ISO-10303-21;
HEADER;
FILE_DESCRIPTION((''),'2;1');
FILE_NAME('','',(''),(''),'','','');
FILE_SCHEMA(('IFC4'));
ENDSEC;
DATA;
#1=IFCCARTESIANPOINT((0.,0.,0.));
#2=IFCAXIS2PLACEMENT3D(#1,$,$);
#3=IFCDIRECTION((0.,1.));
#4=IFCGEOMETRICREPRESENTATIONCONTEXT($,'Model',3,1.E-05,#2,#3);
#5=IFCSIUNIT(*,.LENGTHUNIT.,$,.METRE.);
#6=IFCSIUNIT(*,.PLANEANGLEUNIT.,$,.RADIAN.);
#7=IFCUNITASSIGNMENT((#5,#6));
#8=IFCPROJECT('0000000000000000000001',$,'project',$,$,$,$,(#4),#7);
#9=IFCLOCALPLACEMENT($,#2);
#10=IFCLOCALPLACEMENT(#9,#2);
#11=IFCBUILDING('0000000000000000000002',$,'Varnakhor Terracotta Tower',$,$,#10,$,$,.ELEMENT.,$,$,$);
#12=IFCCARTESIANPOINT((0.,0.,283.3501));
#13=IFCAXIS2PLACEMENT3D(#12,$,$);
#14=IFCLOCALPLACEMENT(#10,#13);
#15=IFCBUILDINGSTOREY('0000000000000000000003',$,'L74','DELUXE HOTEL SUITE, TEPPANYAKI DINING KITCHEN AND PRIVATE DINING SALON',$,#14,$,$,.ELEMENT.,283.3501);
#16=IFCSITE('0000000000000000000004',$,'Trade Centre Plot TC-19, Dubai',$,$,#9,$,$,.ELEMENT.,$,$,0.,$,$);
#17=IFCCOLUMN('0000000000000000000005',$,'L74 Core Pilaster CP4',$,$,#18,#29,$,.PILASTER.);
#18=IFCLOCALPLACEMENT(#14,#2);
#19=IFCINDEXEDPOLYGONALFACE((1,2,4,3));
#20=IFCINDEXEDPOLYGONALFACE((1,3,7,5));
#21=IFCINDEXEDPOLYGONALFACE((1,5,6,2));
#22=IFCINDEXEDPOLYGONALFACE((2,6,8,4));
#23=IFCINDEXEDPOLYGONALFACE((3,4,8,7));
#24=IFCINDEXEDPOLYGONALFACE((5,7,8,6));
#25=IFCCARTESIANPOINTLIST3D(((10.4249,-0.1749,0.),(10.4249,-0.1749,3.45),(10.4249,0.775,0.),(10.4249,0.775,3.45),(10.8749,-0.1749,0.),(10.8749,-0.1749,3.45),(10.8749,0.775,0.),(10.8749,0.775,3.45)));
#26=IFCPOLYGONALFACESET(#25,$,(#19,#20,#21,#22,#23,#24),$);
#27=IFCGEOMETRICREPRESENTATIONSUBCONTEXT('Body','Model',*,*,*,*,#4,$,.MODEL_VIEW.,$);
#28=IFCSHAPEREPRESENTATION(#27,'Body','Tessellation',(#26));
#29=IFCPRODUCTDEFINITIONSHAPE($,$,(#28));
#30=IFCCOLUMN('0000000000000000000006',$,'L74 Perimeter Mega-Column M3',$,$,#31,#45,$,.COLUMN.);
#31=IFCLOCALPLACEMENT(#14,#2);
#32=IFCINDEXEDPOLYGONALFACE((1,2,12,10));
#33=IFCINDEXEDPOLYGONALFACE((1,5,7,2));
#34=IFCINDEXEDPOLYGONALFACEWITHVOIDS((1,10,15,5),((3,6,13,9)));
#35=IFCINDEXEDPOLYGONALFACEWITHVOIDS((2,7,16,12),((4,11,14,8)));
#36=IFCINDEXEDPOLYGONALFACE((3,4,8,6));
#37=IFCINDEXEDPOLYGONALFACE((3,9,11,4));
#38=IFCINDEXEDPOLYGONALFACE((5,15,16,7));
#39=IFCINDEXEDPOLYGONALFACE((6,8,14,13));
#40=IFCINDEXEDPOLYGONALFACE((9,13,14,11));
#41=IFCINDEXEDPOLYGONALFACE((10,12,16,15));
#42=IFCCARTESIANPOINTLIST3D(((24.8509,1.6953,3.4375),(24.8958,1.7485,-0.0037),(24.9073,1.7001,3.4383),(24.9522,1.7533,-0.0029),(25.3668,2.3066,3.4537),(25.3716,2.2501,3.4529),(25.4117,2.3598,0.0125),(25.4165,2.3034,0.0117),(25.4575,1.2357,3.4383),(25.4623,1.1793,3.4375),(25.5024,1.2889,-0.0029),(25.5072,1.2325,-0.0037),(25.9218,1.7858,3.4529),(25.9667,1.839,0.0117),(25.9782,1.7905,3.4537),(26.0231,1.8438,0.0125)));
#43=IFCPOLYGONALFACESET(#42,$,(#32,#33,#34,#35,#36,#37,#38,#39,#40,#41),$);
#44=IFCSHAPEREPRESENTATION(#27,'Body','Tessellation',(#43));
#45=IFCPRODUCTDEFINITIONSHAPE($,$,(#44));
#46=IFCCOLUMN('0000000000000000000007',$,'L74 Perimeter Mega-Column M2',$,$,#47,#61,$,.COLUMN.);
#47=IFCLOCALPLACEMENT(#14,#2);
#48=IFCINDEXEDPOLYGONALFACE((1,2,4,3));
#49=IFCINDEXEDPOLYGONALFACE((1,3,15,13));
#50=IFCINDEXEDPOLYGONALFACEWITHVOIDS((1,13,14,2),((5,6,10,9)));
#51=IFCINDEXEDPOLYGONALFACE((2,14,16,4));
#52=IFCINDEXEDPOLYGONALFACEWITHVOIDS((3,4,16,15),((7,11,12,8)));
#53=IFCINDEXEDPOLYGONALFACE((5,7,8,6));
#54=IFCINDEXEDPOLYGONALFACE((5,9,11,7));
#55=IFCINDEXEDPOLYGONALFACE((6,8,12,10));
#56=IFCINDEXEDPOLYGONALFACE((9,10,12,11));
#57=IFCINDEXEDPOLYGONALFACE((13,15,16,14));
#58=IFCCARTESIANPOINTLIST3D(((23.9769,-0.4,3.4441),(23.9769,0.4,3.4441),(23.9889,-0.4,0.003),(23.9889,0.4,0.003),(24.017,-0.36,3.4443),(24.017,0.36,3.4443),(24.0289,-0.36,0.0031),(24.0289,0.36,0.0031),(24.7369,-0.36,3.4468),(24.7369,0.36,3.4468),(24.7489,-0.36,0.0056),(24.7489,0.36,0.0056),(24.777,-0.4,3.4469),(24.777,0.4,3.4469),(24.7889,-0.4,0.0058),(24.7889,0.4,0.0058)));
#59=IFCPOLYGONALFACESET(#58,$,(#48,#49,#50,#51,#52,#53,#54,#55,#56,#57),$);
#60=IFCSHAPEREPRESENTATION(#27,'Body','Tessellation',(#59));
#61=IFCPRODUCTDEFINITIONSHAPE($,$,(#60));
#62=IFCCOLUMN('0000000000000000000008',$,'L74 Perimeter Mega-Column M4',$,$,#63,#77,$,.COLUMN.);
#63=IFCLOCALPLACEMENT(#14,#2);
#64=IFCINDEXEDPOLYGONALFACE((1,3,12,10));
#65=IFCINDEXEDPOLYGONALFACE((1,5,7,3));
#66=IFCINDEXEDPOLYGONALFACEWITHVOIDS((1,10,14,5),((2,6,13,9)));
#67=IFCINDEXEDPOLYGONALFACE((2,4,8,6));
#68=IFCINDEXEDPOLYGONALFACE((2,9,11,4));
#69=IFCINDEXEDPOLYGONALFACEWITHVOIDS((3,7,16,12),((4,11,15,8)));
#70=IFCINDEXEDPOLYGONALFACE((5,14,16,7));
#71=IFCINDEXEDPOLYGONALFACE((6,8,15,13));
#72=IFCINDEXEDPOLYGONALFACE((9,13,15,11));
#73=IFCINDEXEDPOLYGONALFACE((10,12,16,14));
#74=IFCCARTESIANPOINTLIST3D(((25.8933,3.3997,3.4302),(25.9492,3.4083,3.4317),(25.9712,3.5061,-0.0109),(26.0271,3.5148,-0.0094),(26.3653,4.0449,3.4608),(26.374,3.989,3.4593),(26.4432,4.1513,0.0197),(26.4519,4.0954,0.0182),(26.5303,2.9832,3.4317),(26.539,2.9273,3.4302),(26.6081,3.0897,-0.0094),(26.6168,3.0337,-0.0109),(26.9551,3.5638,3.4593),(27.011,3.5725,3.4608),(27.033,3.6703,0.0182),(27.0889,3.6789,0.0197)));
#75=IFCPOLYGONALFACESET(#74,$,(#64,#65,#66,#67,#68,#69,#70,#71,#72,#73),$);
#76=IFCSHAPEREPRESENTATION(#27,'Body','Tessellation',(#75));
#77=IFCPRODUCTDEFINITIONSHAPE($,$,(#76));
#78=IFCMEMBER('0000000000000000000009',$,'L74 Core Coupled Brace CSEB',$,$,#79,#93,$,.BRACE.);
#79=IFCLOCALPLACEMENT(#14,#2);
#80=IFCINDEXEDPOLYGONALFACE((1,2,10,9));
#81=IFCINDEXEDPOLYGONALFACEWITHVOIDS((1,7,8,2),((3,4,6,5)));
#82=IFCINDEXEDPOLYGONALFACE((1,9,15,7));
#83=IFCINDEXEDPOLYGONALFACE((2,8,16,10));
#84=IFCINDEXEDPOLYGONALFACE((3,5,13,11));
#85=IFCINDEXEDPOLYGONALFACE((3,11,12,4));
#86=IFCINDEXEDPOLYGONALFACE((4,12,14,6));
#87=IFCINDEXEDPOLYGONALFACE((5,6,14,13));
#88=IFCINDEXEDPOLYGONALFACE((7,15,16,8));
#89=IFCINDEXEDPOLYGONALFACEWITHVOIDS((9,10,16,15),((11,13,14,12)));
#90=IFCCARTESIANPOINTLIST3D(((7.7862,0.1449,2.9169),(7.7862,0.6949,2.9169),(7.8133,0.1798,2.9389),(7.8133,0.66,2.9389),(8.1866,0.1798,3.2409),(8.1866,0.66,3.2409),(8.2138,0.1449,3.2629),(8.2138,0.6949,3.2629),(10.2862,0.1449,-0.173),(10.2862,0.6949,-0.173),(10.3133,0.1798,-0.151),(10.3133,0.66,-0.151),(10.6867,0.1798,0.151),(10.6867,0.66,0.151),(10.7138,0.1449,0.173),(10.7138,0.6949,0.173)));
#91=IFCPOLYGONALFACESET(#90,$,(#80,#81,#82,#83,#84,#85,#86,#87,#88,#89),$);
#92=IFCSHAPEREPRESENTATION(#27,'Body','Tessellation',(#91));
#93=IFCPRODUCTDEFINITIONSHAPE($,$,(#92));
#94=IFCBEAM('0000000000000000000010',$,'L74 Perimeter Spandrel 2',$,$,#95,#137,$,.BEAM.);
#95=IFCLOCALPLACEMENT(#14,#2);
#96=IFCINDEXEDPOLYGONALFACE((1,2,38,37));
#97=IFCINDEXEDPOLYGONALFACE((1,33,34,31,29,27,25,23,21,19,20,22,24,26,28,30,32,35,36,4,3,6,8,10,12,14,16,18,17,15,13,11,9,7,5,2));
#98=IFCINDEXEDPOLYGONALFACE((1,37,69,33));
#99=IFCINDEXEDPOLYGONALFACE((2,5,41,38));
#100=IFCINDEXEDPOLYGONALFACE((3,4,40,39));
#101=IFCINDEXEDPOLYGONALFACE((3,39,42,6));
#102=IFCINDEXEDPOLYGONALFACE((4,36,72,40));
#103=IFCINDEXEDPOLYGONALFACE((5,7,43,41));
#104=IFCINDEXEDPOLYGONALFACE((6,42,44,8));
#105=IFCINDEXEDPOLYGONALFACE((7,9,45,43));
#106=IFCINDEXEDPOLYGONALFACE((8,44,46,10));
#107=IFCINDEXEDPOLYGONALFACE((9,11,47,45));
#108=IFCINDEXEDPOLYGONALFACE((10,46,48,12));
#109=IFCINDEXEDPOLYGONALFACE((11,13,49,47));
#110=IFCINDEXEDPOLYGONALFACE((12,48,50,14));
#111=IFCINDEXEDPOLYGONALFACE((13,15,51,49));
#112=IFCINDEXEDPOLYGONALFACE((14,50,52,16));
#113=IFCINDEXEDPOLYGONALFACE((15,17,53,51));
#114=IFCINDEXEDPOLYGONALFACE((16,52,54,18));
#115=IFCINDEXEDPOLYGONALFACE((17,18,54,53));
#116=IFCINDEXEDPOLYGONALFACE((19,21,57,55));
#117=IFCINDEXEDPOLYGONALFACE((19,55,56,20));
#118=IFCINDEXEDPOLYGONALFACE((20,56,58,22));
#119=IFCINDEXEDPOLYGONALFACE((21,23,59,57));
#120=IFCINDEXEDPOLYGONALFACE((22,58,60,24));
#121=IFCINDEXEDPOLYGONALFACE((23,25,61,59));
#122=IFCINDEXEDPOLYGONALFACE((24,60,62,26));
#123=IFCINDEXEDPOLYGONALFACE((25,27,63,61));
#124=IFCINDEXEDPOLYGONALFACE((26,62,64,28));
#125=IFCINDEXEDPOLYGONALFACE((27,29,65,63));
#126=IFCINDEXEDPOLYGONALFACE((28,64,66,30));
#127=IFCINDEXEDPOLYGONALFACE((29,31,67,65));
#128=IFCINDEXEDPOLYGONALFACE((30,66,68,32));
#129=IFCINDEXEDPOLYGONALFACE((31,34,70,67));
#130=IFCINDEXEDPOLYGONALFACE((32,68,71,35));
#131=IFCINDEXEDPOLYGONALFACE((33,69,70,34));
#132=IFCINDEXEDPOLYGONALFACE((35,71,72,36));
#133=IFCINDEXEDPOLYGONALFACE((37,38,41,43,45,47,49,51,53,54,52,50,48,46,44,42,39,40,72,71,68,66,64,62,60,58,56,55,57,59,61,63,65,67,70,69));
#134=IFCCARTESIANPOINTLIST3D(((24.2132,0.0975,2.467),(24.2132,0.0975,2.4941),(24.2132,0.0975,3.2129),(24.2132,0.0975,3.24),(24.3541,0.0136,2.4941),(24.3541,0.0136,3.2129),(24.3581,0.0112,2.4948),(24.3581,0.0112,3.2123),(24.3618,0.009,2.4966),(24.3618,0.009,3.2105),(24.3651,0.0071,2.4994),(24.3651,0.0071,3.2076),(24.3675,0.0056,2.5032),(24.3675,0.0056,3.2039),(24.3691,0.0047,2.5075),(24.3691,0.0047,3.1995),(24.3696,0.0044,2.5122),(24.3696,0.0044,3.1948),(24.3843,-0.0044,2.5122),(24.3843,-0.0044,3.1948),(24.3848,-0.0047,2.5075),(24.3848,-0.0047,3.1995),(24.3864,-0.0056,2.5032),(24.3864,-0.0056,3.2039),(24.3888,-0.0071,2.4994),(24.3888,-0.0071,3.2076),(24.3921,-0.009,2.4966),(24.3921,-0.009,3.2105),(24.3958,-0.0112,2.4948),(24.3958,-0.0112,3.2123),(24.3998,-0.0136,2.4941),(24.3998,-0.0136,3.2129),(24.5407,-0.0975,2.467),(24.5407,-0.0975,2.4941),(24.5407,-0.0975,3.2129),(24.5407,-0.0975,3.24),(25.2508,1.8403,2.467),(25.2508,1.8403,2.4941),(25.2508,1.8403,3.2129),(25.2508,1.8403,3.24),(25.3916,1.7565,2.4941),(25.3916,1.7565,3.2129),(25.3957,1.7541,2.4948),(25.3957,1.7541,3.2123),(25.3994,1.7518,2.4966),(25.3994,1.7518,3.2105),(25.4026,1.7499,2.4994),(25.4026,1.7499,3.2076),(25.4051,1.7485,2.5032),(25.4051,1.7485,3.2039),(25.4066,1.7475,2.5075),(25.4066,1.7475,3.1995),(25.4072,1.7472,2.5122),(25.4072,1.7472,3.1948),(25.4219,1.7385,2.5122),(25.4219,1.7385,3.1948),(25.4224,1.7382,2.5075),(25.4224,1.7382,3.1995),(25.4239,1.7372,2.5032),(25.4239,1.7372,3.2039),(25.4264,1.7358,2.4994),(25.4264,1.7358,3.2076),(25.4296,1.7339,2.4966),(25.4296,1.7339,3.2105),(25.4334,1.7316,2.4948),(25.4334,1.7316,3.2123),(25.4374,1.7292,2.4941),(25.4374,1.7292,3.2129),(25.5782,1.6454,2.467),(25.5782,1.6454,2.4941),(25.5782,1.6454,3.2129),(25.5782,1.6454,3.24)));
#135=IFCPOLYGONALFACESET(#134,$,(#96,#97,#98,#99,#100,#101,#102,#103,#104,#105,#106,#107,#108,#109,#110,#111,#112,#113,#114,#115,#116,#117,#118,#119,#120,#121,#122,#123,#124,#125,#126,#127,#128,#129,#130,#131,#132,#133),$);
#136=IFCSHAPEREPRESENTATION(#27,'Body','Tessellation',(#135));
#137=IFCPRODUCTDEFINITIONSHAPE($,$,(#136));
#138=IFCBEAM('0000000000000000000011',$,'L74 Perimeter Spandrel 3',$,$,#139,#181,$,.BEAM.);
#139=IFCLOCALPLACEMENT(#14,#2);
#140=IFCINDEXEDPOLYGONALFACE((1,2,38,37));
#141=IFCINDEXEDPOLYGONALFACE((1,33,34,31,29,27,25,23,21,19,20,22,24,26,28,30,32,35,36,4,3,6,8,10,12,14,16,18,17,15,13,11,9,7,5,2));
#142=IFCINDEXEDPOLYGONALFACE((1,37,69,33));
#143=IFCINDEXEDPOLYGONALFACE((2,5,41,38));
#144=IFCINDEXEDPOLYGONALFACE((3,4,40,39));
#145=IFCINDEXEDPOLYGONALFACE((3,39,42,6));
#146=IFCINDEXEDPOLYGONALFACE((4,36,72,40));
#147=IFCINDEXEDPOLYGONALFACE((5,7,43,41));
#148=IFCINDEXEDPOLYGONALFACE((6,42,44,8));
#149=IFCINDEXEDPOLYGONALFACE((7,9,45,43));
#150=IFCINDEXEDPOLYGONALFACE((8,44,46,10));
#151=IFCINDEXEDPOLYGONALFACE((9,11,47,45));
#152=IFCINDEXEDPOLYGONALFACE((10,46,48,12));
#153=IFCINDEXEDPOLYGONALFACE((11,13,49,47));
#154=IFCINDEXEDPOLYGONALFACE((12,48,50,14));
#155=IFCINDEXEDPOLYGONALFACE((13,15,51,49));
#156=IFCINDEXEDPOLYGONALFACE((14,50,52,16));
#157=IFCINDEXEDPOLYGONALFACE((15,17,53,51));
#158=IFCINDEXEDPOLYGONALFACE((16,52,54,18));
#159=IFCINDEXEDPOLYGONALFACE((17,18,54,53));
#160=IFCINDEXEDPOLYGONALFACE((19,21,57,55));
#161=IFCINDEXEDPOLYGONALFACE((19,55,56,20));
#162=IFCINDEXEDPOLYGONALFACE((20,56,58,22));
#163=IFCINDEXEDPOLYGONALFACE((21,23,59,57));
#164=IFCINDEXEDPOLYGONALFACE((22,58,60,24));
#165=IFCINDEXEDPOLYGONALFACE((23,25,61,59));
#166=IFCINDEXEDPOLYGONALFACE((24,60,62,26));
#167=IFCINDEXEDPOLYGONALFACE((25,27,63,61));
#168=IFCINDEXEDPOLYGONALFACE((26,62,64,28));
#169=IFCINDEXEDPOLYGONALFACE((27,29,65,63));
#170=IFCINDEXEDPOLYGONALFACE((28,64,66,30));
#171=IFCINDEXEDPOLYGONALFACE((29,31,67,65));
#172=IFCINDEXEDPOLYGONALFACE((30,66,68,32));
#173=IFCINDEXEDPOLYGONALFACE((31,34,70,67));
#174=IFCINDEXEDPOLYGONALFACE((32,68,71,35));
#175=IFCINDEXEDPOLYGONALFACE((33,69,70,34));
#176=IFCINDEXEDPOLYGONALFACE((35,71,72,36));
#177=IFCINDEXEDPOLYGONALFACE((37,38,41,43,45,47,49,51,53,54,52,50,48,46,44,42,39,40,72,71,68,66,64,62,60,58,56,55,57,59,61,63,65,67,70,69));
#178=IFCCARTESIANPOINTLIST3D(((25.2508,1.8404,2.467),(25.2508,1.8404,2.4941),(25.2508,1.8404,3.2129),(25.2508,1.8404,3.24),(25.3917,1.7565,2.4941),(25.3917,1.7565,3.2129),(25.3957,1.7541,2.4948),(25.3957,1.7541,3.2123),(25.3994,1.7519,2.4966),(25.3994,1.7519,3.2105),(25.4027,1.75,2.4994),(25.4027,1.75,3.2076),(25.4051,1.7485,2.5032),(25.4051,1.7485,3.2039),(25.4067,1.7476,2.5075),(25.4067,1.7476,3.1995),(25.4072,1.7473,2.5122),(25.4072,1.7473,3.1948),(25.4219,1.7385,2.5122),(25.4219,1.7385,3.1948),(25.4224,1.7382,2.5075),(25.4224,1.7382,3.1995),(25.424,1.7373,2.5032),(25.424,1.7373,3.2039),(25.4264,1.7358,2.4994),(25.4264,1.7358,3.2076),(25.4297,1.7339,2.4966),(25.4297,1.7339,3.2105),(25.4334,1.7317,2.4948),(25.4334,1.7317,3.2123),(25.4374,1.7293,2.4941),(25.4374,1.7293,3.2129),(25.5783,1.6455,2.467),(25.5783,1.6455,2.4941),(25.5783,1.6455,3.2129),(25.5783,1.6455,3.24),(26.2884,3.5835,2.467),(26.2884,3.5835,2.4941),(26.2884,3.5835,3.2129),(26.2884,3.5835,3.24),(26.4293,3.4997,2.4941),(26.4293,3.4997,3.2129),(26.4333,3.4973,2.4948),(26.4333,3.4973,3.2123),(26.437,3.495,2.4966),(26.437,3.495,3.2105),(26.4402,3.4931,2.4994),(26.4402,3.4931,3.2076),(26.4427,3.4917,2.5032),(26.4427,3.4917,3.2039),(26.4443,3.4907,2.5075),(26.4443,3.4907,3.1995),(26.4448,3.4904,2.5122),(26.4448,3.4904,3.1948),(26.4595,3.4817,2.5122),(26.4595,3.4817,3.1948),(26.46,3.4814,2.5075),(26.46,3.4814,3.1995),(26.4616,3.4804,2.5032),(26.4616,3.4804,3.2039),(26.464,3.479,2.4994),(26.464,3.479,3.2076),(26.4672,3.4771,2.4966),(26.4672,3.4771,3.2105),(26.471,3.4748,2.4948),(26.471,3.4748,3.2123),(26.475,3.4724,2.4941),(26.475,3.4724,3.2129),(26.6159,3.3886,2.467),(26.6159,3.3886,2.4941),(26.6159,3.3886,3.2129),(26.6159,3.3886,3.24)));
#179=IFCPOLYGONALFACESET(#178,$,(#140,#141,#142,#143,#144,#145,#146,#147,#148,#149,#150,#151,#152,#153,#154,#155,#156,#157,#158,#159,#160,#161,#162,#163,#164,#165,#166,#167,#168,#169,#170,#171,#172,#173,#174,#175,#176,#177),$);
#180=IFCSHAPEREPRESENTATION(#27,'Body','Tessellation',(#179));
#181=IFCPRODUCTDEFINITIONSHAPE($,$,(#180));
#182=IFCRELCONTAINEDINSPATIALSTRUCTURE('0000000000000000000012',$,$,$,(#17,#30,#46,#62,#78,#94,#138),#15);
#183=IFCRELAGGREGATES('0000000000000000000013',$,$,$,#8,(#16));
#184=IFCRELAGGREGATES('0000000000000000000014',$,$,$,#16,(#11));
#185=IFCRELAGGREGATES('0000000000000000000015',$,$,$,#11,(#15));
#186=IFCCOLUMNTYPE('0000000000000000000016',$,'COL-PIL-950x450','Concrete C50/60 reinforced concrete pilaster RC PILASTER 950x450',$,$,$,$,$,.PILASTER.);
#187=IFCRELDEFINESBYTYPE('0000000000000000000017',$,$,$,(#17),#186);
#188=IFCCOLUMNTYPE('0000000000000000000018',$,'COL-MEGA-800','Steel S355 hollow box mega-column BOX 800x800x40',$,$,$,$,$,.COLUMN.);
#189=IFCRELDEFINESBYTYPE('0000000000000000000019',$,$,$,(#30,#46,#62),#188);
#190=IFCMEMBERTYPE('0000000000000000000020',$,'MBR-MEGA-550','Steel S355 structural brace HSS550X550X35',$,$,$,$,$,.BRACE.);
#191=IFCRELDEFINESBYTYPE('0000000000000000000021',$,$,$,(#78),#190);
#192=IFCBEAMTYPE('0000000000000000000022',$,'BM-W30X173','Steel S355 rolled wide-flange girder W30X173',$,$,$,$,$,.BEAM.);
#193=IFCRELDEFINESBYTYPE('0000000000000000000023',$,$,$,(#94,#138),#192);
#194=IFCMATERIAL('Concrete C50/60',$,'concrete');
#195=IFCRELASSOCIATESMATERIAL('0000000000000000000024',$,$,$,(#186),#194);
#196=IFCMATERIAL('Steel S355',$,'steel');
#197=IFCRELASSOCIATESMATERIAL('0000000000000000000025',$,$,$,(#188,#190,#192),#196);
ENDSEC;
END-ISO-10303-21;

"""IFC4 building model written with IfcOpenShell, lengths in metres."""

from ifc_helpers import new_model, si_unit, direction, frame, origin, origin_2d, place, context, subcontext, project, spatial, rectangle, hollow_rectangle, i_section, extrude, source, transform, mapped, material, material_profile, profile_set, type_object, element, save


model = new_model("IFC4")

# Units and contexts
model_context = context("Model", 3, precision=1e-05, world=origin(), true_north=direction((0.0, 1.0)))
body_context = subcontext(model_context, "Body", "Model", "MODEL_VIEW")
ifc_project = project(units=[si_unit("LENGTHUNIT", "METRE"), si_unit("PLANEANGLEUNIT", "RADIAN")], contexts=[model_context])

# Site, building, storey
site_placement = place(None, origin())
site = spatial("IfcSite", under=ifc_project, at=site_placement, Name="Trade Centre Plot TC-19, Dubai", CompositionType="ELEMENT", RefElevation=0.0)
building_placement = place(site_placement, origin())
building = spatial("IfcBuilding", under=site, at=building_placement, Name="Varnakhor Terracotta Tower", CompositionType="ELEMENT")
storey_placement = place(building_placement, frame((0.0, 0.0, 283.3501)))
storey = spatial("IfcBuildingStorey", under=building, at=storey_placement, Name="L74", Description="DELUXE HOTEL SUITE, TEPPANYAKI DINING KITCHEN AND PRIVATE DINING SALON", CompositionType="ELEMENT", Elevation=283.3501)

# Columns
ifc_material_1 = material(Name="Concrete C50/60", Category="concrete")
ifc_material_profile_1 = material_profile(ifc_material_1, rectangle(XDim=0.45, YDim=0.95, at=origin_2d()), Name="RC PILASTER 950x450")
ifc_profile_set_1 = profile_set([ifc_material_profile_1], Name="Concrete C50/60")
column_type_1 = type_object("IfcColumnType", Name="COL-PIL-950x450", Description="Concrete C50/60 reinforced concrete pilaster RC PILASTER 950x450", PredefinedType="PILASTER", material=ifc_profile_set_1)
shared_shape_1 = source(origin(), body_context, "Body", "SweptSolid", [
    extrude(rectangle(XDim=0.45, YDim=0.95, at=origin_2d()), origin(), (0.0, 0.0, 1.0), 3.45),
])
column_1_placement = place(storey_placement, frame((10.6499, 0.3, 0.0), z_axis=(0.0, 0.0, 1.0), x_axis=(1.0, 0.0, 0.0)))
element("IfcColumn", 1, at=column_1_placement, inside=storey, type_object=column_type_1, Name="L74 Core Pilaster CP4", PredefinedType="PILASTER", context=body_context, shape_type="MappedRepresentation", body=[
    mapped(shared_shape_1, transform((0.0, 0.0, 0.0), scale=1.0)),
])
ifc_material_2 = material(Name="Steel S355", Category="steel")
ifc_material_profile_2 = material_profile(ifc_material_2, hollow_rectangle(XDim=0.8, YDim=0.8, WallThickness=0.04, at=origin_2d()), Name="BOX 800x800x40")
ifc_profile_set_2 = profile_set([ifc_material_profile_2], Name="Steel S355")
column_type_2 = type_object("IfcColumnType", Name="COL-MEGA-800", Description="Steel S355 hollow box mega-column BOX 800x800x40", PredefinedType="COLUMN", material=ifc_profile_set_2)
shared_shape_2 = source(origin(), body_context, "Body", "SweptSolid", [
    extrude(hollow_rectangle(XDim=0.8, YDim=0.8, WallThickness=0.04, at=origin_2d()), origin(), (0.0, 0.0, 1.0), 3.4419),
])
column_2_placement = place(storey_placement, frame((25.4595, 1.7961, 0.0044), z_axis=(-0.013052, -0.015463, 0.999795), x_axis=(0.764183, -0.644999, 0.0)))
element("IfcColumn", 2, at=column_2_placement, inside=storey, type_object=column_type_2, Name="L74 Perimeter Mega-Column M3", PredefinedType="COLUMN", context=body_context, shape_type="MappedRepresentation", body=[
    mapped(shared_shape_2, transform((0.0, 0.0, 0.0), scale=1.0)),
])
shared_shape_3 = source(origin(), body_context, "Body", "SweptSolid", [
    extrude(hollow_rectangle(XDim=0.8, YDim=0.8, WallThickness=0.04, at=origin_2d()), origin(), (0.0, 0.0, 1.0), 3.4412),
])
column_3_placement = place(storey_placement, frame((24.3889, 0.0, 0.0044), z_axis=(-0.003476, 0.0, 0.999994), x_axis=(0.0, -1.0, 0.0)))
element("IfcColumn", 3, at=column_3_placement, inside=storey, type_object=column_type_2, Name="L74 Perimeter Mega-Column M2", PredefinedType="COLUMN", context=body_context, shape_type="MappedRepresentation", body=[
    mapped(shared_shape_3, transform((0.0, 0.0, 0.0), scale=1.0)),
])
shared_shape_4 = source(origin(), body_context, "Body", "SweptSolid", [
    extrude(hollow_rectangle(XDim=0.8, YDim=0.8, WallThickness=0.04, at=origin_2d()), origin(), (0.0, 0.0, 1.0), 3.4436),
])
column_4_placement = place(storey_placement, frame((26.53, 3.5925, 0.0044), z_axis=(-0.022616, -0.03091, 0.999266), x_axis=(0.807052, -0.590481, 0.0)))
element("IfcColumn", 4, at=column_4_placement, inside=storey, type_object=column_type_2, Name="L74 Perimeter Mega-Column M4", PredefinedType="COLUMN", context=body_context, shape_type="MappedRepresentation", body=[
    mapped(shared_shape_4, transform((0.0, 0.0, 0.0), scale=1.0)),
])

# Member
ifc_material_profile_3 = material_profile(ifc_material_2, hollow_rectangle(XDim=0.55, YDim=0.55, WallThickness=0.0349, at=origin_2d()), Name="HSS550X550X35")
ifc_profile_set_3 = profile_set([ifc_material_profile_3], Name="Steel S355")
member_type_1 = type_object("IfcMemberType", Name="MBR-MEGA-550", Description="Steel S355 structural brace HSS550X550X35", PredefinedType="BRACE", material=ifc_profile_set_3)
shared_shape_5 = source(origin(), body_context, "Body", "SweptSolid", [
    extrude(hollow_rectangle(XDim=0.55, YDim=0.55, WallThickness=0.0349, at=origin_2d()), origin(), (0.0, 0.0, 1.0), 3.9746),
])
member_1_placement = place(storey_placement, frame((10.5, 0.4199, 0.0), z_axis=(-0.629, 0.0, 0.777405), x_axis=(0.0, -1.0, 0.0)))
element("IfcMember", 5, at=member_1_placement, inside=storey, type_object=member_type_1, Name="L74 Core Coupled Brace CSEB", PredefinedType="BRACE", context=body_context, shape_type="MappedRepresentation", body=[
    mapped(shared_shape_5, transform((0.0, 0.0, 0.0), scale=1.0)),
])

# Beams
ifc_material_profile_4 = material_profile(ifc_material_2, i_section(OverallWidth=0.3811, OverallDepth=0.7729, WebThickness=0.0171, FlangeThickness=0.0271, FilletRadius=0.0181, at=origin_2d()), Name="W30X173")
ifc_profile_set_4 = profile_set([ifc_material_profile_4], Name="Steel S355")
beam_type_1 = type_object("IfcBeamType", Name="BM-W30X173", Description="Steel S355 rolled wide-flange girder W30X173", PredefinedType="BEAM", material=ifc_profile_set_4)
shared_shape_6 = source(origin(), body_context, "Body", "SweptSolid", [
    extrude(i_section(OverallWidth=0.3811, OverallDepth=0.7729, WebThickness=0.0171, FlangeThickness=0.0271, FilletRadius=0.0181, at=origin_2d()), origin(), (0.0, 0.0, 1.0), 2.0283),
])
beam_1_placement = place(storey_placement, frame((24.377, 0.0, 2.8535), z_axis=(0.511537, 0.859261, 0.0), x_axis=(-0.859261, 0.511537, 0.0)))
element("IfcBeam", 6, at=beam_1_placement, inside=storey, type_object=beam_type_1, Name="L74 Perimeter Spandrel 2", PredefinedType="BEAM", context=body_context, shape_type="MappedRepresentation", body=[
    mapped(shared_shape_6, transform((0.0, 0.0, 0.0), scale=1.0)),
])
shared_shape_7 = source(origin(), body_context, "Body", "SweptSolid", [
    extrude(i_section(OverallWidth=0.3811, OverallDepth=0.7729, WebThickness=0.0171, FlangeThickness=0.0271, FilletRadius=0.0181, at=origin_2d()), origin(), (0.0, 0.0, 1.0), 2.0286),
])
beam_2_placement = place(storey_placement, frame((25.4146, 1.7429, 2.8535), z_axis=(0.511484, 0.859293, 0.0), x_axis=(-0.859293, 0.511484, 0.0)))
element("IfcBeam", 7, at=beam_2_placement, inside=storey, type_object=beam_type_1, Name="L74 Perimeter Spandrel 3", PredefinedType="BEAM", context=body_context, shape_type="MappedRepresentation", body=[
    mapped(shared_shape_7, transform((0.0, 0.0, 0.0), scale=1.0)),
])

save(model, "model.ifc")
